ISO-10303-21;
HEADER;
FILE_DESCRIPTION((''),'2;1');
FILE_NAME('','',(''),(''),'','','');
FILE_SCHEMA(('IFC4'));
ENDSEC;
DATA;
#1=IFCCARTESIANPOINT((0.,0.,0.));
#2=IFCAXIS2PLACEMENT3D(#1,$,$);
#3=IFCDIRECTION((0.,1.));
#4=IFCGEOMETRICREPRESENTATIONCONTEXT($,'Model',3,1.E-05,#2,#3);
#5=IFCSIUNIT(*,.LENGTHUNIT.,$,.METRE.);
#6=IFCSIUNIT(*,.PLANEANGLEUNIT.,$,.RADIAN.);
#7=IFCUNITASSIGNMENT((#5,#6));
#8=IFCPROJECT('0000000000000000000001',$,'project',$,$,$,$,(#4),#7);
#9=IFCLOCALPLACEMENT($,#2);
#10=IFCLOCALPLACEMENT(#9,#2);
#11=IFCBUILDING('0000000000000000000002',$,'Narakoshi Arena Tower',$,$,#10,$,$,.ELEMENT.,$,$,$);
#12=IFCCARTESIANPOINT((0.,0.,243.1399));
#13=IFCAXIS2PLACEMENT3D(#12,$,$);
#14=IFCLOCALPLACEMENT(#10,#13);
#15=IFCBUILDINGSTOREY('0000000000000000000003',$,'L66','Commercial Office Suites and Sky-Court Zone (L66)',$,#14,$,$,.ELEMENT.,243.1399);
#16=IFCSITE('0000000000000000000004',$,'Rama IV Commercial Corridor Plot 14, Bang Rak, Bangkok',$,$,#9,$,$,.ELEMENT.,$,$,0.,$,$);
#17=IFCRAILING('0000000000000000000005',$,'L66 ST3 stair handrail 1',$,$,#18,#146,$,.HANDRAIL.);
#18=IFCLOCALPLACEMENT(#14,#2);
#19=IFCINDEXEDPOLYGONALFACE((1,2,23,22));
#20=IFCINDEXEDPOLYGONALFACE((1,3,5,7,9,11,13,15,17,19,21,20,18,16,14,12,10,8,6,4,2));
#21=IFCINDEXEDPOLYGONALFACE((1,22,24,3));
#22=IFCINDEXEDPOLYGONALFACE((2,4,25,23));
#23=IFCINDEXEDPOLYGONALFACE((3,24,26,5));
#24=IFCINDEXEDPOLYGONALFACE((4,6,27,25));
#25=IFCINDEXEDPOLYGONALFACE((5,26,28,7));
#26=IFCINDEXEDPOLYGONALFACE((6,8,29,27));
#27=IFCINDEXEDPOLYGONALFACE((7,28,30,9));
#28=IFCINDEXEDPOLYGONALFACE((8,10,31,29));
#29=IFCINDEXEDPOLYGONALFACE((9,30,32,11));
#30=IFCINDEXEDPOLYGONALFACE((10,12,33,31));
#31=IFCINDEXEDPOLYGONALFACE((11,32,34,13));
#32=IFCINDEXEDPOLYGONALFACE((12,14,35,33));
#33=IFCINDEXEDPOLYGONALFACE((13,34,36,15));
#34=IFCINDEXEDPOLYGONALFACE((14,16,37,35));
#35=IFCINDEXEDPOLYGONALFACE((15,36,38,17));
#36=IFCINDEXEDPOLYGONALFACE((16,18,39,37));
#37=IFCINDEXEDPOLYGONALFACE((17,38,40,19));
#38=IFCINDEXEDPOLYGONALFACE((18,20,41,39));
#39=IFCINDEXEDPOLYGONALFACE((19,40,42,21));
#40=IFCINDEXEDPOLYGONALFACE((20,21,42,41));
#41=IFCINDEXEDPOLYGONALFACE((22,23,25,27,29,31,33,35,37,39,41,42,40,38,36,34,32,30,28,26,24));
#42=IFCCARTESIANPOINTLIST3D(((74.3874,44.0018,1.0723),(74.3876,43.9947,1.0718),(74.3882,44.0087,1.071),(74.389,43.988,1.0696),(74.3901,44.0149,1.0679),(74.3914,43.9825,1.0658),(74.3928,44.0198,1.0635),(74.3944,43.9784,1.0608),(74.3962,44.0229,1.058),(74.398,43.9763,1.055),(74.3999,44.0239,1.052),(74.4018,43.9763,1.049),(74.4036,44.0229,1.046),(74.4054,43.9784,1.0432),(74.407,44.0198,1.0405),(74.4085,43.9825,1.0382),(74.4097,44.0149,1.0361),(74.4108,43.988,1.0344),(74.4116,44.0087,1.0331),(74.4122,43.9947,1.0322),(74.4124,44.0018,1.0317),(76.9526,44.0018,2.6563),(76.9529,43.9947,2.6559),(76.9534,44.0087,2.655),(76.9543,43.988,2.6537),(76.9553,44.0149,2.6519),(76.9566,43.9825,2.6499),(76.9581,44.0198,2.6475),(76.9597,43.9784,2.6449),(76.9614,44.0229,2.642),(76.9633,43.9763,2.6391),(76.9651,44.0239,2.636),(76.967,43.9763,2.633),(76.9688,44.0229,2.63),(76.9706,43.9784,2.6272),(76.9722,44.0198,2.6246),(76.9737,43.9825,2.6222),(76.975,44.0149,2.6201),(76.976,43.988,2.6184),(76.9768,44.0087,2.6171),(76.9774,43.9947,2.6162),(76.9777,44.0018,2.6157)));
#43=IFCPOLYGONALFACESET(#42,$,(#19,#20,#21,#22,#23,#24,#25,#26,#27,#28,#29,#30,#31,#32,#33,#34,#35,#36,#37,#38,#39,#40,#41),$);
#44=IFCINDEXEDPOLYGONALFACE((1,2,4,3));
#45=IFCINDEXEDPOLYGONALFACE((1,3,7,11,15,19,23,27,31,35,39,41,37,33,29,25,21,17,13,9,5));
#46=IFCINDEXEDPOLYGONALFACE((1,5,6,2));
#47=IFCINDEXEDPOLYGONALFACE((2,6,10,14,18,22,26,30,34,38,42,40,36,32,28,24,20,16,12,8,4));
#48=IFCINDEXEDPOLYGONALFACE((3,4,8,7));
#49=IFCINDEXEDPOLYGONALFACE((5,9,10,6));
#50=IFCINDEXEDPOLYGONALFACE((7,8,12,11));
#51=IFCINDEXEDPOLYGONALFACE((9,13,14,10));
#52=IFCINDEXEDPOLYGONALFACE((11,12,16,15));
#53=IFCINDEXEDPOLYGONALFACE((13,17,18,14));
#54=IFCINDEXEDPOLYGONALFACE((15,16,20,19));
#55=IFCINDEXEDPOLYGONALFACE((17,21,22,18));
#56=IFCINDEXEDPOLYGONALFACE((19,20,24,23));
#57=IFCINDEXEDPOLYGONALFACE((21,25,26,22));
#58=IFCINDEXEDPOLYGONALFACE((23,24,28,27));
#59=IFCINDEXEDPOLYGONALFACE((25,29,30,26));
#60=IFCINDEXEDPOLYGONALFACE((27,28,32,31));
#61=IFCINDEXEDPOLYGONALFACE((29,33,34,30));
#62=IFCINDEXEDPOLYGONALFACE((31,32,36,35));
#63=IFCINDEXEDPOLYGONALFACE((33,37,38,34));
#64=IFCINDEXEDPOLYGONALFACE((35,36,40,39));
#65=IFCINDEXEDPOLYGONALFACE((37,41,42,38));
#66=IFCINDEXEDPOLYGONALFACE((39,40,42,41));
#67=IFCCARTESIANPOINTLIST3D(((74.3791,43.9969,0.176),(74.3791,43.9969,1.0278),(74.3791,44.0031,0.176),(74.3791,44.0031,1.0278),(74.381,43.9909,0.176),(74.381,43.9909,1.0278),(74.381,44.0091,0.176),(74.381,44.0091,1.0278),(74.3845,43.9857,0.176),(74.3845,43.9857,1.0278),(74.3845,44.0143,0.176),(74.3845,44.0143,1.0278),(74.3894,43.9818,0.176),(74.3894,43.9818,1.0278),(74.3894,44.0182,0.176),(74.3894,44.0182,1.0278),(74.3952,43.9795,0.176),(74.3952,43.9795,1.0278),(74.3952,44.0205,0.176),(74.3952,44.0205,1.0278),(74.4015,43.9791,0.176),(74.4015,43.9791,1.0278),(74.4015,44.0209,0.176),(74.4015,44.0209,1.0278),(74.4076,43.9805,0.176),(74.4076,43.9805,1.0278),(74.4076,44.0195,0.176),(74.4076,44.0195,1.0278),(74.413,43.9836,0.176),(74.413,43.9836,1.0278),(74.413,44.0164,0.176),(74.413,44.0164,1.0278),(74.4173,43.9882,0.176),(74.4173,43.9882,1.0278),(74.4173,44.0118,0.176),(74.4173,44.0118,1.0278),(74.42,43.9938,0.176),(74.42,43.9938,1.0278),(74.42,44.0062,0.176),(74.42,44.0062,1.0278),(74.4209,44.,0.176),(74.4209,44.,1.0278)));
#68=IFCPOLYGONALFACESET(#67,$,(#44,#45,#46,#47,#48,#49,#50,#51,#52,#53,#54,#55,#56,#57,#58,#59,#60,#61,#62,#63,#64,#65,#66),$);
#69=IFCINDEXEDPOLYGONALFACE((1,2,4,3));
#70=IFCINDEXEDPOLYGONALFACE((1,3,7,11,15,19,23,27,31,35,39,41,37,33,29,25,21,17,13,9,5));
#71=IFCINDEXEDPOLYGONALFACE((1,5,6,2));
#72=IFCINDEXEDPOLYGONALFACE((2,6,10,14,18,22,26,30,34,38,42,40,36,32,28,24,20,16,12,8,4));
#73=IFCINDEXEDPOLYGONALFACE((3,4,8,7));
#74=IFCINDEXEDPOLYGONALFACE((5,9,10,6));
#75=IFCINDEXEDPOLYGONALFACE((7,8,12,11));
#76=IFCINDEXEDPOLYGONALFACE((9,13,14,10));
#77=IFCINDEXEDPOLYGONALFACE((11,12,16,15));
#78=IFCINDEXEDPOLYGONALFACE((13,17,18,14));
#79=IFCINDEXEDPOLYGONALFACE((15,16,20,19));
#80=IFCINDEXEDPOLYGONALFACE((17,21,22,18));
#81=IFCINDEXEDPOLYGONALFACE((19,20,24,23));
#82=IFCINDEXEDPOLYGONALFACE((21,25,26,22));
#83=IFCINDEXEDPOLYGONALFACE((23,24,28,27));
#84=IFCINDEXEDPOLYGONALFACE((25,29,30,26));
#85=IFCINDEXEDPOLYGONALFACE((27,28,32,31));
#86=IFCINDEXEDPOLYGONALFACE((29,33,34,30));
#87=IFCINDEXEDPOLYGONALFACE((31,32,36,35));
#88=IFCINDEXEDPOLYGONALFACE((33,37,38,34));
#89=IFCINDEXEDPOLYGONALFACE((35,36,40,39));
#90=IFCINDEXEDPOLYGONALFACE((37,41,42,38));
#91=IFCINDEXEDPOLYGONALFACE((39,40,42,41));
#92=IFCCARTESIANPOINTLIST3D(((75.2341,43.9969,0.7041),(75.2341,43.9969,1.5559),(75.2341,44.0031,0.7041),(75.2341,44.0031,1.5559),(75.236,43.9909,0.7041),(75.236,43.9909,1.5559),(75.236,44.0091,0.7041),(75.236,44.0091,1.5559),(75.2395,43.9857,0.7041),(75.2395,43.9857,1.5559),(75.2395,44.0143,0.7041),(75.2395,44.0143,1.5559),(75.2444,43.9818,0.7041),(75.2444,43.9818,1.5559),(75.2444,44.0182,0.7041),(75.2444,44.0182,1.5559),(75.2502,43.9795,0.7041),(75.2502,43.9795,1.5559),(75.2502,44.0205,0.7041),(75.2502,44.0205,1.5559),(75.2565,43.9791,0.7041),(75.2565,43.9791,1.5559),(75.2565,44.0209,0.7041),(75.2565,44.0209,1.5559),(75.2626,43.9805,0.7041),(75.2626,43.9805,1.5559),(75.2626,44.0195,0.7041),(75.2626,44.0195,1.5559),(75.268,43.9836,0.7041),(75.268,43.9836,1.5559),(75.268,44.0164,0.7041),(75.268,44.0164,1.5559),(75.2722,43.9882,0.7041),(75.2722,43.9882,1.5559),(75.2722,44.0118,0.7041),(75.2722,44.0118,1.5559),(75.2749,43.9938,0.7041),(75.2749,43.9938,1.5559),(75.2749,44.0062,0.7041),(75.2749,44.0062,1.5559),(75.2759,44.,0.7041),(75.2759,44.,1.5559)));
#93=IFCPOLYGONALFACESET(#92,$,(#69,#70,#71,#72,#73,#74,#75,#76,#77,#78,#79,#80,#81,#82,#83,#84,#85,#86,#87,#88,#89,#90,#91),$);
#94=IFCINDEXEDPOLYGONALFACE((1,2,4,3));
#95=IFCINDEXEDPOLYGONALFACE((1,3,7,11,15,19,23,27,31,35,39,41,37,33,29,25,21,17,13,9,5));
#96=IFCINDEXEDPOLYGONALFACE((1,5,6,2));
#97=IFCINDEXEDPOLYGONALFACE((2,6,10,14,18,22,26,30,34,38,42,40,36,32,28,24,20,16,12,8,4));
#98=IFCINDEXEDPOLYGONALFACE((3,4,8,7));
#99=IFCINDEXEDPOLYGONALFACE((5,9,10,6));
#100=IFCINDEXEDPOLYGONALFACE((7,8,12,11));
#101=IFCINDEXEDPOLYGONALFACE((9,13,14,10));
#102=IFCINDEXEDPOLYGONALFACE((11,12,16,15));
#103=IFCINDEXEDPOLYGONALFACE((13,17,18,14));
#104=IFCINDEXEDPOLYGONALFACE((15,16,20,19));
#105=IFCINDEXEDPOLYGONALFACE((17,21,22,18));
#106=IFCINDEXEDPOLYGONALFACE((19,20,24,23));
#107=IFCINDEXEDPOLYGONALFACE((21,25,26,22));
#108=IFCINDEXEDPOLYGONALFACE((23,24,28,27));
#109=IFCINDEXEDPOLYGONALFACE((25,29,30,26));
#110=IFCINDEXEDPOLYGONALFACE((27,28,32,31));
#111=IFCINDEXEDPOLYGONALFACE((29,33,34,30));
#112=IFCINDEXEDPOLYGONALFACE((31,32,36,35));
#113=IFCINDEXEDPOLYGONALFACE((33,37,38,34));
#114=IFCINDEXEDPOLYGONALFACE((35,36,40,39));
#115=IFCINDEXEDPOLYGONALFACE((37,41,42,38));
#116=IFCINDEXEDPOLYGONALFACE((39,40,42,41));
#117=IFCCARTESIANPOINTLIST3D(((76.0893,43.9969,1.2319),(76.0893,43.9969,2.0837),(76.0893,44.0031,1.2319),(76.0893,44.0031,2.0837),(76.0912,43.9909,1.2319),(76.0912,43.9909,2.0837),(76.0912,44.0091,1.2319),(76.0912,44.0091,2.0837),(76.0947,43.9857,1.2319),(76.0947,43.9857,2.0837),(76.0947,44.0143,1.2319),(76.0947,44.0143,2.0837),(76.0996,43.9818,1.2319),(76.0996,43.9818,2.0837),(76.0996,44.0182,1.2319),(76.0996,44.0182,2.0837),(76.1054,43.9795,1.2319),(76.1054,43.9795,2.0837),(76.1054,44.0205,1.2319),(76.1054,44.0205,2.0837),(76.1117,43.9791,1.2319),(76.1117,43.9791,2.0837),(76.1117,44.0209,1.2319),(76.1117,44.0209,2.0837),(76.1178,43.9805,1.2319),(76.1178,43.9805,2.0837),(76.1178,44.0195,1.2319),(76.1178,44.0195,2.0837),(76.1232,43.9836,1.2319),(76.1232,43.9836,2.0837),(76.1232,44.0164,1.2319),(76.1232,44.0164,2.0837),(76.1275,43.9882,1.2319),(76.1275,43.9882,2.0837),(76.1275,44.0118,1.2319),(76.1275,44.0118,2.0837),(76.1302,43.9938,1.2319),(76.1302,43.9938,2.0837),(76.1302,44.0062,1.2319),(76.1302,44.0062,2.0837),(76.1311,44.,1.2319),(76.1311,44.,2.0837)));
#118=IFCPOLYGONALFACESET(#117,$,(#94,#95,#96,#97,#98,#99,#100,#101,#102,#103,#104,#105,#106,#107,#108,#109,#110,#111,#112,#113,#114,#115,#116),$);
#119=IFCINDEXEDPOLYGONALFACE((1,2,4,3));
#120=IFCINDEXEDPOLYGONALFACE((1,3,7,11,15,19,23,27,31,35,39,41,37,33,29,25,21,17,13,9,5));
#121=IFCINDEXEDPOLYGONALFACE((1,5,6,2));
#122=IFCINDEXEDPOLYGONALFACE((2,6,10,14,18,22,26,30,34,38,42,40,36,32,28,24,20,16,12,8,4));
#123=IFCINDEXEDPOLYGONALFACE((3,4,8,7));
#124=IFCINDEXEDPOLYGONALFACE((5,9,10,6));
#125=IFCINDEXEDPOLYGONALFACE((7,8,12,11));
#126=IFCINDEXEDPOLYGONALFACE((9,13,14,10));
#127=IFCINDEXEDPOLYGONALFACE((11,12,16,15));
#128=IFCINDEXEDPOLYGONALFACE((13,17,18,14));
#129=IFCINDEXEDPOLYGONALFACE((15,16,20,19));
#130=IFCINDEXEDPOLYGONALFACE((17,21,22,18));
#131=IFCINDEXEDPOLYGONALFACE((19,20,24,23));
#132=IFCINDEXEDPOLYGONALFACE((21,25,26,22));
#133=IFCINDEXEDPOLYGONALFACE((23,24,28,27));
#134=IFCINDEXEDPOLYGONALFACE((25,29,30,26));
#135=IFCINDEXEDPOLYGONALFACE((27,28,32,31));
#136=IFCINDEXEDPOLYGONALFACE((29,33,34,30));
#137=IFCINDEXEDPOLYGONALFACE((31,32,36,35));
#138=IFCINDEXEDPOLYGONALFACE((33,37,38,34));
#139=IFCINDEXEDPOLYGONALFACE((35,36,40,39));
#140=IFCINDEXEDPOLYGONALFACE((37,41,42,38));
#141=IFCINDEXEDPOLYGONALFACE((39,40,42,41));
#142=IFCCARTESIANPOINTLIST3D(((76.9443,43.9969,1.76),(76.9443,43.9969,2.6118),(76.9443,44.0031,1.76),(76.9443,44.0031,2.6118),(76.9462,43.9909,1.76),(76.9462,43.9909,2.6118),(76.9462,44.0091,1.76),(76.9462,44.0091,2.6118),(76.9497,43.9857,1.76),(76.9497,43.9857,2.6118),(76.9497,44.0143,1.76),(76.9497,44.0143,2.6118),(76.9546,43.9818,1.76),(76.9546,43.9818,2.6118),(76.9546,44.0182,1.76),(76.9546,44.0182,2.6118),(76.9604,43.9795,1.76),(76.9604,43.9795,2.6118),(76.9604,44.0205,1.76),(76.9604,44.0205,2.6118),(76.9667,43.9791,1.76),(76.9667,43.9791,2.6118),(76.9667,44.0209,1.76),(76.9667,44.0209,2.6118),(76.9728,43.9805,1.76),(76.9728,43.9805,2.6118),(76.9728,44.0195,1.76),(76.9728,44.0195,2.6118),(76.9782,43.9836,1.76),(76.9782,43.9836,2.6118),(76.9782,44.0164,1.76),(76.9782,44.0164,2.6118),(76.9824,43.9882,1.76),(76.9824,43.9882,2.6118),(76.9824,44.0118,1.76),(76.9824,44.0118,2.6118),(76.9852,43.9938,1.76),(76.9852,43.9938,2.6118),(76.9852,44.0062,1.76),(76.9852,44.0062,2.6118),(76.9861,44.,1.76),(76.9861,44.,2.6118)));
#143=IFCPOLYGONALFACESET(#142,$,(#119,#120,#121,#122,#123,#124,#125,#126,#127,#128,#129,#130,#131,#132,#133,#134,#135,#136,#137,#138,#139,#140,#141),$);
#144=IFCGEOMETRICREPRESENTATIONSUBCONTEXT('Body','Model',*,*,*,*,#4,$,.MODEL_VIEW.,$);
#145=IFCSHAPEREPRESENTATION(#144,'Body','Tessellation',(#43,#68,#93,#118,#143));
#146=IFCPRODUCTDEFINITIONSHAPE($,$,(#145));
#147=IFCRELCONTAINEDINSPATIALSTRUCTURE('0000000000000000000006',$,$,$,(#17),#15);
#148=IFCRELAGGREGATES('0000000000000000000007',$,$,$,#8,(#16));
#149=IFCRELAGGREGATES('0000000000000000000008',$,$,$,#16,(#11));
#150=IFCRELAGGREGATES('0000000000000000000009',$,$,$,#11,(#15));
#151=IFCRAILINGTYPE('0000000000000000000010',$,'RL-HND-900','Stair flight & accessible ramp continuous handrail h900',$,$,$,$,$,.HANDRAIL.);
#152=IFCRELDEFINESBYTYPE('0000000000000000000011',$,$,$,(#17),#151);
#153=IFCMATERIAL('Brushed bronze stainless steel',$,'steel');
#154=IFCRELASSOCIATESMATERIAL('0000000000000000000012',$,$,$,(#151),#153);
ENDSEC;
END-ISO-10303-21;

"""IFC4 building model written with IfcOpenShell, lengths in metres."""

from ifc_helpers import new_model, si_unit, direction, frame, origin, origin_2d, place, context, subcontext, project, spatial, circle, extrude, material, type_object, element, save


model = new_model("IFC4")

# Units and contexts
model_context = context("Model", 3, precision=1e-05, world=origin(), true_north=direction((0.0, 1.0)))
body_context = subcontext(model_context, "Body", "Model", "MODEL_VIEW")
ifc_project = project(units=[si_unit("LENGTHUNIT", "METRE"), si_unit("PLANEANGLEUNIT", "RADIAN")], contexts=[model_context])

# Site, building, storey
site_placement = place(None, origin())
site = spatial("IfcSite", under=ifc_project, at=site_placement, Name="Rama IV Commercial Corridor Plot 14, Bang Rak, Bangkok", CompositionType="ELEMENT", RefElevation=0.0)
building_placement = place(site_placement, origin())
building = spatial("IfcBuilding", under=site, at=building_placement, Name="Narakoshi Arena Tower", CompositionType="ELEMENT")
storey_placement = place(building_placement, frame((0.0, 0.0, 243.1399)))
storey = spatial("IfcBuildingStorey", under=building, at=storey_placement, Name="L66", Description="Commercial Office Suites and Sky-Court Zone (L66)", CompositionType="ELEMENT", Elevation=243.1399)

# Railing
ifc_material_1 = material(Name="Brushed bronze stainless steel", Category="steel")
railing_type_1 = type_object("IfcRailingType", Name="RL-HND-900", Description="Stair flight & accessible ramp continuous handrail h900", PredefinedType="HANDRAIL", material=ifc_material_1)
railing_1_placement = place(storey_placement, frame((74.3999, 44.0, 0.176)))
element("IfcRailing", 1, at=railing_1_placement, inside=storey, type_object=railing_type_1, Name="L66 ST3 stair handrail 1", PredefinedType="HANDRAIL", context=body_context, shape_type="SweptSolid", body=[
    extrude(circle(Radius=0.0239, at=origin_2d()), frame((0.0, 0.0, 0.876), z_axis=(0.850857, 0.0, 0.525398), x_axis=(0.0, 1.0, 0.0)), (0.0, 0.0, 1.0), 3.0149),
    extrude(circle(Radius=0.021, at=origin_2d()), origin(), (0.0, 0.0, 1.0), 0.8518),
    extrude(circle(Radius=0.021, at=origin_2d()), frame((0.855, 0.0, 0.5281)), (0.0, 0.0, 1.0), 0.8518),
    extrude(circle(Radius=0.021, at=origin_2d()), frame((1.7102, 0.0, 1.0559)), (0.0, 0.0, 1.0), 0.8518),
    extrude(circle(Radius=0.021, at=origin_2d()), frame((2.5652, 0.0, 1.584)), (0.0, 0.0, 1.0), 0.8518),
])

save(model, "model.ifc")
